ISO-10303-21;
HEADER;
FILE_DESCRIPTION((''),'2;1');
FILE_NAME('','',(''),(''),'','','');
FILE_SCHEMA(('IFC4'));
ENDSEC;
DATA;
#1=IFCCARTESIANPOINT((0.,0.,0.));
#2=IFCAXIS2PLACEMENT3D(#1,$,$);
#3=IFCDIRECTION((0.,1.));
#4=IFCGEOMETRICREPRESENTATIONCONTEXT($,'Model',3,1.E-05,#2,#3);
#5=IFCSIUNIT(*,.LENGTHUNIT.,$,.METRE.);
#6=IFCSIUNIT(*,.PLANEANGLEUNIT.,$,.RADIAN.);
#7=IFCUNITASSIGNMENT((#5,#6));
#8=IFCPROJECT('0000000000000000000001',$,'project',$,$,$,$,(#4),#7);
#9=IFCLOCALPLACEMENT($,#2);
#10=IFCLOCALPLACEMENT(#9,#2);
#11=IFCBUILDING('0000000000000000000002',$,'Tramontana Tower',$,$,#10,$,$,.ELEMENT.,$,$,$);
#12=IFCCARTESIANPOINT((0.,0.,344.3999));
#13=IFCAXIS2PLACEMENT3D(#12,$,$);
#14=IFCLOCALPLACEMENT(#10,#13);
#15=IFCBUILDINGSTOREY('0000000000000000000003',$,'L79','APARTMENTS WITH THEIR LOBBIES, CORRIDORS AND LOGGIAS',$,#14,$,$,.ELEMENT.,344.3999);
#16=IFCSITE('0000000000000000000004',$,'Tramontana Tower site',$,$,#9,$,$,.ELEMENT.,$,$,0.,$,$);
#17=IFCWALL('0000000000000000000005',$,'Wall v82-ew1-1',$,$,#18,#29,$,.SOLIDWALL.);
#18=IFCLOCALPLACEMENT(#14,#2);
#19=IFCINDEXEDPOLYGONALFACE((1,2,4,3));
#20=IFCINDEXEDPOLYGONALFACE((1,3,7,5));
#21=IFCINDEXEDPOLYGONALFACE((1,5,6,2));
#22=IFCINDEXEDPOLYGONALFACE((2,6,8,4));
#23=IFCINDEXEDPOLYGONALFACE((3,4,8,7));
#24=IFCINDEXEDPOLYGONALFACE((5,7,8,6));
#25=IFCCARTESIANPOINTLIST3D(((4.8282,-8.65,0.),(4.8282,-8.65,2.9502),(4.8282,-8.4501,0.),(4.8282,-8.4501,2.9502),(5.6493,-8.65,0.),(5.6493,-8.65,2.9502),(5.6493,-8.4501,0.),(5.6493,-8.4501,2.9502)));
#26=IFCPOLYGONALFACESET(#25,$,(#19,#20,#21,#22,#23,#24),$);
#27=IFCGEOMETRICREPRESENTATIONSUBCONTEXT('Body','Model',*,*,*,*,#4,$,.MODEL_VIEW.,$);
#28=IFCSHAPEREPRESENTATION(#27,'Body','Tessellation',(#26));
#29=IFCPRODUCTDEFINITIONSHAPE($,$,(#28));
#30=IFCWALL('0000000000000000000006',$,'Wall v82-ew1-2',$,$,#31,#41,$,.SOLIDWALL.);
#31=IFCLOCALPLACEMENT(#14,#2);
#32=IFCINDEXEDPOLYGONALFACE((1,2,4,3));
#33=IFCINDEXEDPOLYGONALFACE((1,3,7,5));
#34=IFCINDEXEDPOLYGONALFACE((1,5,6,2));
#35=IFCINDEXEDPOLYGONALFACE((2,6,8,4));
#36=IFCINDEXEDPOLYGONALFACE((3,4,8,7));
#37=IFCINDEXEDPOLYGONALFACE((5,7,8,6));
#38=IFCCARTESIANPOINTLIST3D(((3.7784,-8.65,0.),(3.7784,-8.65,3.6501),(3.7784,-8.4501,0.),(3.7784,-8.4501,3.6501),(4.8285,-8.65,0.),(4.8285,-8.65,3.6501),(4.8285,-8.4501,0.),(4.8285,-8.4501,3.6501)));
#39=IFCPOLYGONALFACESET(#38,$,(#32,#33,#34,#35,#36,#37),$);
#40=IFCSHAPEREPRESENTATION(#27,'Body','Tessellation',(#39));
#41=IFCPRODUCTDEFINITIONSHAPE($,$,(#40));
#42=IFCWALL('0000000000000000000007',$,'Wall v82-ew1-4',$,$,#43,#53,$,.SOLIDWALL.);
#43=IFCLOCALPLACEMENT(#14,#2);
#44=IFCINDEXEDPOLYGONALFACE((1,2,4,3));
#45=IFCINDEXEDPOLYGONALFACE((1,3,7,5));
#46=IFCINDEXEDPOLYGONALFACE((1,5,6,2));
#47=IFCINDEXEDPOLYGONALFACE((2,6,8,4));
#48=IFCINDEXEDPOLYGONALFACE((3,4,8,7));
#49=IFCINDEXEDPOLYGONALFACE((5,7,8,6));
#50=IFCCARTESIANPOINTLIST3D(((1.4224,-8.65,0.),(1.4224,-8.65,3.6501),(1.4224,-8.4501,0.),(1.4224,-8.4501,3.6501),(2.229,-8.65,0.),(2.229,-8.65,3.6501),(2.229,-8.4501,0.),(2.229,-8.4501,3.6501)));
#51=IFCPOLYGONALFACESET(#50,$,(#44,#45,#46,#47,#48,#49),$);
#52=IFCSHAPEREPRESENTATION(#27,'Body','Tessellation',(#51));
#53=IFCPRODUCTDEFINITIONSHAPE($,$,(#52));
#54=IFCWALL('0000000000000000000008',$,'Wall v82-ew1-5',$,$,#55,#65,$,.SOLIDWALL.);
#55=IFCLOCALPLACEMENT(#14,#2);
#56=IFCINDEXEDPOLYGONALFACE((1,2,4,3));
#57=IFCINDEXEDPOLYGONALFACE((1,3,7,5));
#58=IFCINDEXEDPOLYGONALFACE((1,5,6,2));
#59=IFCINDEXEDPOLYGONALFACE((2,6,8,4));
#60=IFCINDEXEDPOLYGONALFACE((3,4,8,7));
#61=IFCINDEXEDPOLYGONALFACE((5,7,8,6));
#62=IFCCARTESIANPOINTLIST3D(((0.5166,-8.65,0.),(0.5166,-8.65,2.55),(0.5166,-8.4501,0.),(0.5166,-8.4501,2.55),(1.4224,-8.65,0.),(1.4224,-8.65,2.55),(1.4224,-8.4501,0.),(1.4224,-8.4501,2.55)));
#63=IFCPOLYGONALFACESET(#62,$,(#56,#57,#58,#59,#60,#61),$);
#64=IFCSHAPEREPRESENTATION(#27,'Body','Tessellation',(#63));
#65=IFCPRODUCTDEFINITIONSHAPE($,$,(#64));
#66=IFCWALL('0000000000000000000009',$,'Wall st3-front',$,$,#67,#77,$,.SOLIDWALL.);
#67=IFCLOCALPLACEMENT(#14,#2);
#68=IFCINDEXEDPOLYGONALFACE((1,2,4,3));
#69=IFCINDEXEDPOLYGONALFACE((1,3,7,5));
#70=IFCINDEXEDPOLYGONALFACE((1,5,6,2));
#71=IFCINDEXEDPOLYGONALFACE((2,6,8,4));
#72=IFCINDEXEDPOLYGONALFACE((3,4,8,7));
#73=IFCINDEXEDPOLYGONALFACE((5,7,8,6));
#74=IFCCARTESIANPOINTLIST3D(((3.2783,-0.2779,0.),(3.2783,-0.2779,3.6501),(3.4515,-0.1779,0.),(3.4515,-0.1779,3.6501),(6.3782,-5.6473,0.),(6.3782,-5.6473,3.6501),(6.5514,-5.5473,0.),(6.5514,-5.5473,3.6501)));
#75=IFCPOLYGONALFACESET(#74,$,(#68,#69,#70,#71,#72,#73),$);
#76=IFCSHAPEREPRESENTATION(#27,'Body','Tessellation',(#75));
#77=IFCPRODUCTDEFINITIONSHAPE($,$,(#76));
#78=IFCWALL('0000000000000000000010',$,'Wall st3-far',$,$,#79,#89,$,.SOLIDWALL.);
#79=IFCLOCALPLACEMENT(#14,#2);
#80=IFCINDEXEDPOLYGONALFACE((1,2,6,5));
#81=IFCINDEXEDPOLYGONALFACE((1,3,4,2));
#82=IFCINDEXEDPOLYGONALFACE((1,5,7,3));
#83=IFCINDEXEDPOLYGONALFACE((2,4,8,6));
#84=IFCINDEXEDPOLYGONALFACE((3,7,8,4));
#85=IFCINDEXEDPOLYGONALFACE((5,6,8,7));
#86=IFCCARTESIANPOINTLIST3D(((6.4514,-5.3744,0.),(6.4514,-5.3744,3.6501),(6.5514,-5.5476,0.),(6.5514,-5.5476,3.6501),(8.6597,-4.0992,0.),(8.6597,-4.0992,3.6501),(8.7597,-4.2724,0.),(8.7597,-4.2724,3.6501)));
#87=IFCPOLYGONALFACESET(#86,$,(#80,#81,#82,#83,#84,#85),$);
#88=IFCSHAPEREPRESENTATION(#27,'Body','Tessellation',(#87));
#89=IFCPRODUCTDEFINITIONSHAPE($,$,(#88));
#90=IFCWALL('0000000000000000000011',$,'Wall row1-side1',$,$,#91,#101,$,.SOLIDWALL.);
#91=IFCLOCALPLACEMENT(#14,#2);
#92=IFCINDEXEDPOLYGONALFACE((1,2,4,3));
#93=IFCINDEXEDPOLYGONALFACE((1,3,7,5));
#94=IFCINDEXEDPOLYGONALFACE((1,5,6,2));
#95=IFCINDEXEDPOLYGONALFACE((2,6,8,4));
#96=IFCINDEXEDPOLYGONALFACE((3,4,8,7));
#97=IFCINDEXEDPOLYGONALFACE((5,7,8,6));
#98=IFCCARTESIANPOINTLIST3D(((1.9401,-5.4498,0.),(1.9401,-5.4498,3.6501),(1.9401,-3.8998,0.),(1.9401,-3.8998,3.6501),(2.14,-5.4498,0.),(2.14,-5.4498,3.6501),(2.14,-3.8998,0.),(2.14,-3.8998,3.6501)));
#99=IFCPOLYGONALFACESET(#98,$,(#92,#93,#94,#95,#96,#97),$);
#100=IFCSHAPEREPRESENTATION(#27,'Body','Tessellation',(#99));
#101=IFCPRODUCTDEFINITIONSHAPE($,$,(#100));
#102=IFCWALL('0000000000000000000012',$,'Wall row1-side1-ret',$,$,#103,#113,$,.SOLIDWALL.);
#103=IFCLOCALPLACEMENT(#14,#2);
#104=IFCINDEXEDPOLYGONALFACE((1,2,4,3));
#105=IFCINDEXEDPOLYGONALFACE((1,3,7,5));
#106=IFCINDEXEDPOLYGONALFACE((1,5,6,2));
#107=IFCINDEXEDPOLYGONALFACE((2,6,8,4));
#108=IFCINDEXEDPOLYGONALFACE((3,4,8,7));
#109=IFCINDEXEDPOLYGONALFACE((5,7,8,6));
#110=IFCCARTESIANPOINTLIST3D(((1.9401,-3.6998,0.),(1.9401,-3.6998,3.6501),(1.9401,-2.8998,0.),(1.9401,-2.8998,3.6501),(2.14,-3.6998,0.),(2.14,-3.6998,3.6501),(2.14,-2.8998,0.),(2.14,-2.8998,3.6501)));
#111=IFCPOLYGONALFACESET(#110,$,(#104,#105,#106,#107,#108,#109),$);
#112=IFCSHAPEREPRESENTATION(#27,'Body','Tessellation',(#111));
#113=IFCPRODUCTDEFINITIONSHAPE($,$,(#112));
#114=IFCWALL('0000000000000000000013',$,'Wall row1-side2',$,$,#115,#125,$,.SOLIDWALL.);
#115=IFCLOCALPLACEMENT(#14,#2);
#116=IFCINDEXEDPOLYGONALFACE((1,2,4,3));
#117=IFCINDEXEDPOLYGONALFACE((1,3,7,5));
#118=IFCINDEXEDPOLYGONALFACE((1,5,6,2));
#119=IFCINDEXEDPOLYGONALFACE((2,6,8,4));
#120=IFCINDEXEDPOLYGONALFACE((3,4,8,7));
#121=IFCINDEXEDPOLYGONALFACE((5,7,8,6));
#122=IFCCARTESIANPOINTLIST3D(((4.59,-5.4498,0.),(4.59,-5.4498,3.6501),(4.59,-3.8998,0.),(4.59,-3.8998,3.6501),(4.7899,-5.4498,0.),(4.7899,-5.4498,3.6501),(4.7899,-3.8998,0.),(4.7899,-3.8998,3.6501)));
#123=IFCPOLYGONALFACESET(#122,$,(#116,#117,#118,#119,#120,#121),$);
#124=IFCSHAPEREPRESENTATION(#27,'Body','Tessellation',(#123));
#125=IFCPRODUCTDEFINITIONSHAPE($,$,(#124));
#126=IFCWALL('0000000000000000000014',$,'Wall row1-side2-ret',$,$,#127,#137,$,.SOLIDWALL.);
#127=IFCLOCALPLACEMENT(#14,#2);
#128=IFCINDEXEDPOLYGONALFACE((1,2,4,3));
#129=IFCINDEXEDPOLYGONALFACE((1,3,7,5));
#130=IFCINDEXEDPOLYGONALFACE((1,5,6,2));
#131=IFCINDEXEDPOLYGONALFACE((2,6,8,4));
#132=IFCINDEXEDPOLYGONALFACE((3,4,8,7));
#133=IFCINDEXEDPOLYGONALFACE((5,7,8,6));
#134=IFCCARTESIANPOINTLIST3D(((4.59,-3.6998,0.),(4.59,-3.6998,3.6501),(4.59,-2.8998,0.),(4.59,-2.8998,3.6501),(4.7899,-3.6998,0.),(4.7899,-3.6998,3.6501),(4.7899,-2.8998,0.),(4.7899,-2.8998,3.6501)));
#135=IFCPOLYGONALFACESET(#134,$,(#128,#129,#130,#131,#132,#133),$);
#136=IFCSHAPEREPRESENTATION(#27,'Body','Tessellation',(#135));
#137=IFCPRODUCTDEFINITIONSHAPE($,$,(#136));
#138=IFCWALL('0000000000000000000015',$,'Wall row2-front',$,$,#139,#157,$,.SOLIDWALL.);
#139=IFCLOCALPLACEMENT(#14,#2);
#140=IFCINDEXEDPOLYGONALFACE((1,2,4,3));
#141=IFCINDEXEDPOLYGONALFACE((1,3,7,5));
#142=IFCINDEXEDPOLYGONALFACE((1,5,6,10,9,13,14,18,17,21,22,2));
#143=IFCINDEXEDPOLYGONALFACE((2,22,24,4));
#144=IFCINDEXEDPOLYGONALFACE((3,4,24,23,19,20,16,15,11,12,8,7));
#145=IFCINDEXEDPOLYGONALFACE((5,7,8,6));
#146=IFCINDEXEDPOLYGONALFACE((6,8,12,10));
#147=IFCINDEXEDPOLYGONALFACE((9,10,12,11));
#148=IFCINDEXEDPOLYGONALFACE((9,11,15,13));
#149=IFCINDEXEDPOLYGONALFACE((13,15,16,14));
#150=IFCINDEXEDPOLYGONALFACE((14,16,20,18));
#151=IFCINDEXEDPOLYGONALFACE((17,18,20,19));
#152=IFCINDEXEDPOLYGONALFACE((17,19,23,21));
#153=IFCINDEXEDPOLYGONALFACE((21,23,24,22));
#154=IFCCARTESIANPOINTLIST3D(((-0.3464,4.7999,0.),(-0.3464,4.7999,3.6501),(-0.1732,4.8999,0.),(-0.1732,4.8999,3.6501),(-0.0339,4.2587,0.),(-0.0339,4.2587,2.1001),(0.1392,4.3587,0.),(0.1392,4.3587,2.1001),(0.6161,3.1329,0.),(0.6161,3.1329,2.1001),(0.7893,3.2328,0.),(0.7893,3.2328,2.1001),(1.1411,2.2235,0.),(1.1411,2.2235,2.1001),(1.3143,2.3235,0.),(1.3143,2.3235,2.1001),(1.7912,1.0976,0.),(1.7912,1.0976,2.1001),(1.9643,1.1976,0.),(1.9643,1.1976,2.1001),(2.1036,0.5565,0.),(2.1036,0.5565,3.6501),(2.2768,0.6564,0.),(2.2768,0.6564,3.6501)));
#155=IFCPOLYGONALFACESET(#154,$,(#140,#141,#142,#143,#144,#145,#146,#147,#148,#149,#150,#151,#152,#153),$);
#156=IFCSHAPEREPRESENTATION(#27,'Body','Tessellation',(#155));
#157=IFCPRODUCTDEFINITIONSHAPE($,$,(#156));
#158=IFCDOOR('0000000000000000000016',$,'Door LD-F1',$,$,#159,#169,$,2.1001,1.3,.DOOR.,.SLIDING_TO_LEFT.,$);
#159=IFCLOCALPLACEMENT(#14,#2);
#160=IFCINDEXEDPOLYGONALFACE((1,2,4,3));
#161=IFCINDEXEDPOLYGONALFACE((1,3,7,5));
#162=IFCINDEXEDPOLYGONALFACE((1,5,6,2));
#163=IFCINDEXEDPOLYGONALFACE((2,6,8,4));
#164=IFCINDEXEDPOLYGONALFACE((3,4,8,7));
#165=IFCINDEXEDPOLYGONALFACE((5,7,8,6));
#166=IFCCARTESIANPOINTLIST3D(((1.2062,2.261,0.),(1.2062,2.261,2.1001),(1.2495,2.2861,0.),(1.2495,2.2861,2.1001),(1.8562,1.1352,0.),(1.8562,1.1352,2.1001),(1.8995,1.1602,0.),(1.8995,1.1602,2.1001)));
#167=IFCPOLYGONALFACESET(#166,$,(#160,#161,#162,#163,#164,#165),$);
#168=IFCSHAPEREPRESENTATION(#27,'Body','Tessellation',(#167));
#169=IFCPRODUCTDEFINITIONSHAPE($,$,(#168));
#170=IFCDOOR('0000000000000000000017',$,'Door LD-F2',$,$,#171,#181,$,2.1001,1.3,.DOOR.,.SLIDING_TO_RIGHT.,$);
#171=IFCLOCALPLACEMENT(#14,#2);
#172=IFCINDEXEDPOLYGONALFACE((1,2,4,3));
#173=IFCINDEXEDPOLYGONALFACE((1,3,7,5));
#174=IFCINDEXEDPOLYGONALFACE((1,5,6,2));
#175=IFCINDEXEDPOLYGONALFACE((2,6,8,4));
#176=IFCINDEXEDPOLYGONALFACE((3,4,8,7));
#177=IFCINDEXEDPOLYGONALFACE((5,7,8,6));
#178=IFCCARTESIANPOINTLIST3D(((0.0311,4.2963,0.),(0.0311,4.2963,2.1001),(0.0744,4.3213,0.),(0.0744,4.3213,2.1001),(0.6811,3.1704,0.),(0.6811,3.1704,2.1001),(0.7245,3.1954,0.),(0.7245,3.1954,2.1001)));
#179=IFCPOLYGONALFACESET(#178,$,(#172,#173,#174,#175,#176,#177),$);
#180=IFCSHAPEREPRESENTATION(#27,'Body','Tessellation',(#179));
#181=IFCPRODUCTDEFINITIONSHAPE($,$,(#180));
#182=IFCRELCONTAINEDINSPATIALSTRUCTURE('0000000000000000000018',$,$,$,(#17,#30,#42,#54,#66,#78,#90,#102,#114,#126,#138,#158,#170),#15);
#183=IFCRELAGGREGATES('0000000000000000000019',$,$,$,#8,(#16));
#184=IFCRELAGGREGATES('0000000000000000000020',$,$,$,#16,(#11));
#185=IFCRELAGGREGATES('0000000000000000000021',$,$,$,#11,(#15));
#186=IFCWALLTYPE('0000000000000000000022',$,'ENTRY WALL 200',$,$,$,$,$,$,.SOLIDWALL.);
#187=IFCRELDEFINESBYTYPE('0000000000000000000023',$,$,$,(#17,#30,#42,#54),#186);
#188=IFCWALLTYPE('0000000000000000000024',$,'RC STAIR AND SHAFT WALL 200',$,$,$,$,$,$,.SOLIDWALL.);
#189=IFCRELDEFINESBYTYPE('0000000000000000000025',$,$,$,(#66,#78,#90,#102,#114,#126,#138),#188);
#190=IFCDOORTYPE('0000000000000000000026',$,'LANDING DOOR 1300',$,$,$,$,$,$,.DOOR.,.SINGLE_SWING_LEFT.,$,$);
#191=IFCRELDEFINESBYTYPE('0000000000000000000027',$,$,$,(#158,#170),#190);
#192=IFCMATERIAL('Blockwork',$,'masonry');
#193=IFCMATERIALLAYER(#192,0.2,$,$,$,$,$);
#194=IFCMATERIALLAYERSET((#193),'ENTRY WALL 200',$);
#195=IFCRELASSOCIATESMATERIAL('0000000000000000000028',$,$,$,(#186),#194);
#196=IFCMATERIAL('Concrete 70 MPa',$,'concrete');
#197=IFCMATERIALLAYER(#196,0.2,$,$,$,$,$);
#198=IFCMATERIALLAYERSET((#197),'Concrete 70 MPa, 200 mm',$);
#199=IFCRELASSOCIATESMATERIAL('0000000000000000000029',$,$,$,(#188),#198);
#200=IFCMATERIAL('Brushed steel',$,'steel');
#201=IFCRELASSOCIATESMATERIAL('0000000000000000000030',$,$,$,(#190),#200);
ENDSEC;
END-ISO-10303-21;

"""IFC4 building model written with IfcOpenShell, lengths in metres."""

from ifc_helpers import new_model, si_unit, direction, frame, frame_2d, origin, place, context, subcontext, project, spatial, rectangle, extrude, material, layer, layer_set, type_object, element, fill, save


model = new_model("IFC4")

# Units and contexts
model_context = context("Model", 3, precision=1e-05, world=origin(), true_north=direction((0.0, 1.0)))
body_context = subcontext(model_context, "Body", "Model", "MODEL_VIEW")
ifc_project = project(units=[si_unit("LENGTHUNIT", "METRE"), si_unit("PLANEANGLEUNIT", "RADIAN")], contexts=[model_context])

# Site, building, storey
site_placement = place(None, origin())
site = spatial("IfcSite", under=ifc_project, at=site_placement, Name="Tramontana Tower site", CompositionType="ELEMENT", RefElevation=0.0)
building_placement = place(site_placement, origin())
building = spatial("IfcBuilding", under=site, at=building_placement, Name="Tramontana Tower", CompositionType="ELEMENT")
storey_placement = place(building_placement, frame((0.0, 0.0, 344.3999)))
storey = spatial("IfcBuildingStorey", under=building, at=storey_placement, Name="L79", Description="APARTMENTS WITH THEIR LOBBIES, CORRIDORS AND LOGGIAS", CompositionType="ELEMENT", Elevation=344.3999)

# Walls
ifc_material_1 = material(Name="Blockwork", Category="masonry")
ifc_layer_1 = layer(ifc_material_1, 0.2)
ifc_layer_set_1 = layer_set([ifc_layer_1], Name="ENTRY WALL 200")
wall_type_1 = type_object("IfcWallType", Name="ENTRY WALL 200", PredefinedType="SOLIDWALL", material=ifc_layer_set_1)
wall_1_placement = place(storey_placement, frame((5.6494, -8.55, 0.0), z_axis=(0.0, 0.0, 1.0), x_axis=(-1.0, 0.0, 0.0)))
element("IfcWall", 1, at=wall_1_placement, inside=storey, type_object=wall_type_1, Name="Wall v82-ew1-1", PredefinedType="SOLIDWALL", context=body_context, shape_type="SweptSolid", body=[
    extrude(rectangle(XDim=0.821, YDim=0.2, at=frame_2d((0.4106, 0.0))), origin(), (0.0, 0.0, 1.0), 2.9502),
])
wall_2_placement = place(storey_placement, frame((4.8284, -8.55, 0.0), z_axis=(0.0, 0.0, 1.0), x_axis=(-1.0, 0.0, 0.0)))
element("IfcWall", 2, at=wall_2_placement, inside=storey, type_object=wall_type_1, Name="Wall v82-ew1-2", PredefinedType="SOLIDWALL", context=body_context, shape_type="SweptSolid", body=[
    extrude(rectangle(XDim=1.05, YDim=0.2, at=frame_2d((0.5249, 0.0))), origin(), (0.0, 0.0, 1.0), 3.6501),
])

# Walls
wall_3_placement = place(storey_placement, frame((2.229, -8.55, 0.0), z_axis=(0.0, 0.0, 1.0), x_axis=(-1.0, 0.0, 0.0)))
element("IfcWall", 3, at=wall_3_placement, inside=storey, type_object=wall_type_1, Name="Wall v82-ew1-4", PredefinedType="SOLIDWALL", context=body_context, shape_type="SweptSolid", body=[
    extrude(rectangle(XDim=0.8066, YDim=0.2, at=frame_2d((0.4033, 0.0))), origin(), (0.0, 0.0, 1.0), 3.6501),
])
wall_4_placement = place(storey_placement, frame((1.4224, -8.55, 0.0), z_axis=(0.0, 0.0, 1.0), x_axis=(-1.0, 0.0, 0.0)))
element("IfcWall", 4, at=wall_4_placement, inside=storey, type_object=wall_type_1, Name="Wall v82-ew1-5", PredefinedType="SOLIDWALL", context=body_context, shape_type="SweptSolid", body=[
    extrude(rectangle(XDim=0.9058, YDim=0.2, at=frame_2d((0.4529, 0.0))), origin(), (0.0, 0.0, 1.0), 2.55),
])
ifc_material_2 = material(Name="Concrete 70 MPa", Category="concrete")
ifc_layer_2 = layer(ifc_material_2, 0.2)
ifc_layer_set_2 = layer_set([ifc_layer_2], Name="Concrete 70 MPa, 200 mm")
wall_type_2 = type_object("IfcWallType", Name="RC STAIR AND SHAFT WALL 200", PredefinedType="SOLIDWALL", material=ifc_layer_set_2)
wall_5_placement = place(storey_placement, frame((6.4648, -5.5974, 0.0), z_axis=(0.0, 0.0, 1.0), x_axis=(-0.49998, 0.866037, 0.0)))
element("IfcWall", 5, at=wall_5_placement, inside=storey, type_object=wall_type_2, Name="Wall st3-front", PredefinedType="SOLIDWALL", context=body_context, shape_type="SweptSolid", body=[
    extrude(rectangle(XDim=6.2, YDim=0.2, at=frame_2d((3.1001, 0.0))), origin(), (0.0, 0.0, 1.0), 3.6501),
])
wall_6_placement = place(storey_placement, frame((6.5015, -5.4609, 0.0), z_axis=(0.0, 0.0, 1.0), x_axis=(0.865989, 0.500062, 0.0)))
element("IfcWall", 6, at=wall_6_placement, inside=storey, type_object=wall_type_2, Name="Wall st3-far", PredefinedType="SOLIDWALL", context=body_context, shape_type="SweptSolid", body=[
    extrude(rectangle(XDim=2.55, YDim=0.2, at=frame_2d((1.2749, 0.0))), origin(), (0.0, 0.0, 1.0), 3.6501),
])

# Walls
wall_7_placement = place(storey_placement, frame((2.04, -3.8999, 0.0), z_axis=(0.0, 0.0, 1.0), x_axis=(0.0, -1.0, 0.0)))
element("IfcWall", 7, at=wall_7_placement, inside=storey, type_object=wall_type_2, Name="Wall row1-side1", PredefinedType="SOLIDWALL", context=body_context, shape_type="SweptSolid", body=[
    extrude(rectangle(XDim=1.55, YDim=0.2, at=frame_2d((0.7749, 0.0))), origin(), (0.0, 0.0, 1.0), 3.6501),
])
wall_8_placement = place(storey_placement, frame((2.04, -2.8999, 0.0), z_axis=(0.0, 0.0, 1.0), x_axis=(0.0, -1.0, 0.0)))
element("IfcWall", 8, at=wall_8_placement, inside=storey, type_object=wall_type_2, Name="Wall row1-side1-ret", PredefinedType="SOLIDWALL", context=body_context, shape_type="SweptSolid", body=[
    extrude(rectangle(XDim=0.8, YDim=0.2, at=frame_2d((0.3999, 0.0))), origin(), (0.0, 0.0, 1.0), 3.6501),
])
wall_9_placement = place(storey_placement, frame((4.6899, -3.8999, 0.0), z_axis=(0.0, 0.0, 1.0), x_axis=(0.0, -1.0, 0.0)))
element("IfcWall", 9, at=wall_9_placement, inside=storey, type_object=wall_type_2, Name="Wall row1-side2", PredefinedType="SOLIDWALL", context=body_context, shape_type="SweptSolid", body=[
    extrude(rectangle(XDim=1.55, YDim=0.2, at=frame_2d((0.7749, 0.0))), origin(), (0.0, 0.0, 1.0), 3.6501),
])
wall_10_placement = place(storey_placement, frame((4.6899, -2.8999, 0.0), z_axis=(0.0, 0.0, 1.0), x_axis=(0.0, -1.0, 0.0)))
element("IfcWall", 10, at=wall_10_placement, inside=storey, type_object=wall_type_2, Name="Wall row1-side2-ret", PredefinedType="SOLIDWALL", context=body_context, shape_type="SweptSolid", body=[
    extrude(rectangle(XDim=0.8, YDim=0.2, at=frame_2d((0.3999, 0.0))), origin(), (0.0, 0.0, 1.0), 3.6501),
])

# Wall, openings, doors
wall_11_placement = place(storey_placement, frame((2.1902, 0.6064, 0.0), z_axis=(0.0, 0.0, 1.0), x_axis=(-0.500003, 0.866024, 0.0)))
wall_11 = element("IfcWall", 11, at=wall_11_placement, inside=storey, type_object=wall_type_2, Name="Wall row2-front", PredefinedType="SOLIDWALL", context=body_context, shape_type="SweptSolid", body=[
    extrude(rectangle(XDim=4.8999, YDim=0.2, at=frame_2d((2.45, 0.0))), origin(), (0.0, 0.0, 1.0), 3.6501),
])
opening_1_placement = place(wall_11_placement, frame((0.625, 0.0, 0.0)))
opening_1 = element("IfcOpeningElement", 12, at=opening_1_placement, cuts=wall_11, PredefinedType="OPENING", context=body_context, shape_type="SweptSolid", body=[
    extrude(rectangle(XDim=1.3, YDim=2.1001, at=frame_2d((0.6499, 1.05))), frame((0.0, 0.1099, 0.0), z_axis=(0.0, -1.0, 0.0), x_axis=(1.0, 0.0, 0.0)), (0.0, 0.0, 1.0), 0.22),
])
opening_2_placement = place(wall_11_placement, frame((2.9751, 0.0, 0.0)))
opening_2 = element("IfcOpeningElement", 13, at=opening_2_placement, cuts=wall_11, PredefinedType="OPENING", context=body_context, shape_type="SweptSolid", body=[
    extrude(rectangle(XDim=1.3, YDim=2.1001, at=frame_2d((0.6499, 1.05))), frame((0.0, 0.1099, 0.0), z_axis=(0.0, -1.0, 0.0), x_axis=(1.0, 0.0, 0.0)), (0.0, 0.0, 1.0), 0.22),
])
ifc_material_3 = material(Name="Brushed steel", Category="steel")
door_type_1 = type_object("IfcDoorType", Name="LANDING DOOR 1300", OperationType="SINGLE_SWING_LEFT", PredefinedType="DOOR", material=ifc_material_3)
door_1_placement = place(opening_1_placement, origin())
door_1 = element("IfcDoor", 14, at=door_1_placement, inside=storey, type_object=door_type_1, Name="Door LD-F1", OperationType="SLIDING_TO_LEFT", OverallHeight=2.1001, OverallWidth=1.3, PredefinedType="DOOR", context=body_context, shape_type="SweptSolid", body=[
    extrude(rectangle(XDim=1.3, YDim=2.1001, at=frame_2d((0.6499, 1.05))), frame((0.0, 0.0249, 0.0), z_axis=(0.0, -1.0, 0.0), x_axis=(1.0, 0.0, 0.0)), (0.0, 0.0, 1.0), 0.05),
])
fill(opening_1, door_1)
door_2_placement = place(opening_2_placement, origin())
door_2 = element("IfcDoor", 15, at=door_2_placement, inside=storey, type_object=door_type_1, Name="Door LD-F2", OperationType="SLIDING_TO_RIGHT", OverallHeight=2.1001, OverallWidth=1.3, PredefinedType="DOOR", context=body_context, shape_type="SweptSolid", body=[
    extrude(rectangle(XDim=1.3, YDim=2.1001, at=frame_2d((0.6499, 1.05))), frame((0.0, 0.0249, 0.0), z_axis=(0.0, -1.0, 0.0), x_axis=(1.0, 0.0, 0.0)), (0.0, 0.0, 1.0), 0.05),
])
fill(opening_2, door_2)

save(model, "model.ifc")
